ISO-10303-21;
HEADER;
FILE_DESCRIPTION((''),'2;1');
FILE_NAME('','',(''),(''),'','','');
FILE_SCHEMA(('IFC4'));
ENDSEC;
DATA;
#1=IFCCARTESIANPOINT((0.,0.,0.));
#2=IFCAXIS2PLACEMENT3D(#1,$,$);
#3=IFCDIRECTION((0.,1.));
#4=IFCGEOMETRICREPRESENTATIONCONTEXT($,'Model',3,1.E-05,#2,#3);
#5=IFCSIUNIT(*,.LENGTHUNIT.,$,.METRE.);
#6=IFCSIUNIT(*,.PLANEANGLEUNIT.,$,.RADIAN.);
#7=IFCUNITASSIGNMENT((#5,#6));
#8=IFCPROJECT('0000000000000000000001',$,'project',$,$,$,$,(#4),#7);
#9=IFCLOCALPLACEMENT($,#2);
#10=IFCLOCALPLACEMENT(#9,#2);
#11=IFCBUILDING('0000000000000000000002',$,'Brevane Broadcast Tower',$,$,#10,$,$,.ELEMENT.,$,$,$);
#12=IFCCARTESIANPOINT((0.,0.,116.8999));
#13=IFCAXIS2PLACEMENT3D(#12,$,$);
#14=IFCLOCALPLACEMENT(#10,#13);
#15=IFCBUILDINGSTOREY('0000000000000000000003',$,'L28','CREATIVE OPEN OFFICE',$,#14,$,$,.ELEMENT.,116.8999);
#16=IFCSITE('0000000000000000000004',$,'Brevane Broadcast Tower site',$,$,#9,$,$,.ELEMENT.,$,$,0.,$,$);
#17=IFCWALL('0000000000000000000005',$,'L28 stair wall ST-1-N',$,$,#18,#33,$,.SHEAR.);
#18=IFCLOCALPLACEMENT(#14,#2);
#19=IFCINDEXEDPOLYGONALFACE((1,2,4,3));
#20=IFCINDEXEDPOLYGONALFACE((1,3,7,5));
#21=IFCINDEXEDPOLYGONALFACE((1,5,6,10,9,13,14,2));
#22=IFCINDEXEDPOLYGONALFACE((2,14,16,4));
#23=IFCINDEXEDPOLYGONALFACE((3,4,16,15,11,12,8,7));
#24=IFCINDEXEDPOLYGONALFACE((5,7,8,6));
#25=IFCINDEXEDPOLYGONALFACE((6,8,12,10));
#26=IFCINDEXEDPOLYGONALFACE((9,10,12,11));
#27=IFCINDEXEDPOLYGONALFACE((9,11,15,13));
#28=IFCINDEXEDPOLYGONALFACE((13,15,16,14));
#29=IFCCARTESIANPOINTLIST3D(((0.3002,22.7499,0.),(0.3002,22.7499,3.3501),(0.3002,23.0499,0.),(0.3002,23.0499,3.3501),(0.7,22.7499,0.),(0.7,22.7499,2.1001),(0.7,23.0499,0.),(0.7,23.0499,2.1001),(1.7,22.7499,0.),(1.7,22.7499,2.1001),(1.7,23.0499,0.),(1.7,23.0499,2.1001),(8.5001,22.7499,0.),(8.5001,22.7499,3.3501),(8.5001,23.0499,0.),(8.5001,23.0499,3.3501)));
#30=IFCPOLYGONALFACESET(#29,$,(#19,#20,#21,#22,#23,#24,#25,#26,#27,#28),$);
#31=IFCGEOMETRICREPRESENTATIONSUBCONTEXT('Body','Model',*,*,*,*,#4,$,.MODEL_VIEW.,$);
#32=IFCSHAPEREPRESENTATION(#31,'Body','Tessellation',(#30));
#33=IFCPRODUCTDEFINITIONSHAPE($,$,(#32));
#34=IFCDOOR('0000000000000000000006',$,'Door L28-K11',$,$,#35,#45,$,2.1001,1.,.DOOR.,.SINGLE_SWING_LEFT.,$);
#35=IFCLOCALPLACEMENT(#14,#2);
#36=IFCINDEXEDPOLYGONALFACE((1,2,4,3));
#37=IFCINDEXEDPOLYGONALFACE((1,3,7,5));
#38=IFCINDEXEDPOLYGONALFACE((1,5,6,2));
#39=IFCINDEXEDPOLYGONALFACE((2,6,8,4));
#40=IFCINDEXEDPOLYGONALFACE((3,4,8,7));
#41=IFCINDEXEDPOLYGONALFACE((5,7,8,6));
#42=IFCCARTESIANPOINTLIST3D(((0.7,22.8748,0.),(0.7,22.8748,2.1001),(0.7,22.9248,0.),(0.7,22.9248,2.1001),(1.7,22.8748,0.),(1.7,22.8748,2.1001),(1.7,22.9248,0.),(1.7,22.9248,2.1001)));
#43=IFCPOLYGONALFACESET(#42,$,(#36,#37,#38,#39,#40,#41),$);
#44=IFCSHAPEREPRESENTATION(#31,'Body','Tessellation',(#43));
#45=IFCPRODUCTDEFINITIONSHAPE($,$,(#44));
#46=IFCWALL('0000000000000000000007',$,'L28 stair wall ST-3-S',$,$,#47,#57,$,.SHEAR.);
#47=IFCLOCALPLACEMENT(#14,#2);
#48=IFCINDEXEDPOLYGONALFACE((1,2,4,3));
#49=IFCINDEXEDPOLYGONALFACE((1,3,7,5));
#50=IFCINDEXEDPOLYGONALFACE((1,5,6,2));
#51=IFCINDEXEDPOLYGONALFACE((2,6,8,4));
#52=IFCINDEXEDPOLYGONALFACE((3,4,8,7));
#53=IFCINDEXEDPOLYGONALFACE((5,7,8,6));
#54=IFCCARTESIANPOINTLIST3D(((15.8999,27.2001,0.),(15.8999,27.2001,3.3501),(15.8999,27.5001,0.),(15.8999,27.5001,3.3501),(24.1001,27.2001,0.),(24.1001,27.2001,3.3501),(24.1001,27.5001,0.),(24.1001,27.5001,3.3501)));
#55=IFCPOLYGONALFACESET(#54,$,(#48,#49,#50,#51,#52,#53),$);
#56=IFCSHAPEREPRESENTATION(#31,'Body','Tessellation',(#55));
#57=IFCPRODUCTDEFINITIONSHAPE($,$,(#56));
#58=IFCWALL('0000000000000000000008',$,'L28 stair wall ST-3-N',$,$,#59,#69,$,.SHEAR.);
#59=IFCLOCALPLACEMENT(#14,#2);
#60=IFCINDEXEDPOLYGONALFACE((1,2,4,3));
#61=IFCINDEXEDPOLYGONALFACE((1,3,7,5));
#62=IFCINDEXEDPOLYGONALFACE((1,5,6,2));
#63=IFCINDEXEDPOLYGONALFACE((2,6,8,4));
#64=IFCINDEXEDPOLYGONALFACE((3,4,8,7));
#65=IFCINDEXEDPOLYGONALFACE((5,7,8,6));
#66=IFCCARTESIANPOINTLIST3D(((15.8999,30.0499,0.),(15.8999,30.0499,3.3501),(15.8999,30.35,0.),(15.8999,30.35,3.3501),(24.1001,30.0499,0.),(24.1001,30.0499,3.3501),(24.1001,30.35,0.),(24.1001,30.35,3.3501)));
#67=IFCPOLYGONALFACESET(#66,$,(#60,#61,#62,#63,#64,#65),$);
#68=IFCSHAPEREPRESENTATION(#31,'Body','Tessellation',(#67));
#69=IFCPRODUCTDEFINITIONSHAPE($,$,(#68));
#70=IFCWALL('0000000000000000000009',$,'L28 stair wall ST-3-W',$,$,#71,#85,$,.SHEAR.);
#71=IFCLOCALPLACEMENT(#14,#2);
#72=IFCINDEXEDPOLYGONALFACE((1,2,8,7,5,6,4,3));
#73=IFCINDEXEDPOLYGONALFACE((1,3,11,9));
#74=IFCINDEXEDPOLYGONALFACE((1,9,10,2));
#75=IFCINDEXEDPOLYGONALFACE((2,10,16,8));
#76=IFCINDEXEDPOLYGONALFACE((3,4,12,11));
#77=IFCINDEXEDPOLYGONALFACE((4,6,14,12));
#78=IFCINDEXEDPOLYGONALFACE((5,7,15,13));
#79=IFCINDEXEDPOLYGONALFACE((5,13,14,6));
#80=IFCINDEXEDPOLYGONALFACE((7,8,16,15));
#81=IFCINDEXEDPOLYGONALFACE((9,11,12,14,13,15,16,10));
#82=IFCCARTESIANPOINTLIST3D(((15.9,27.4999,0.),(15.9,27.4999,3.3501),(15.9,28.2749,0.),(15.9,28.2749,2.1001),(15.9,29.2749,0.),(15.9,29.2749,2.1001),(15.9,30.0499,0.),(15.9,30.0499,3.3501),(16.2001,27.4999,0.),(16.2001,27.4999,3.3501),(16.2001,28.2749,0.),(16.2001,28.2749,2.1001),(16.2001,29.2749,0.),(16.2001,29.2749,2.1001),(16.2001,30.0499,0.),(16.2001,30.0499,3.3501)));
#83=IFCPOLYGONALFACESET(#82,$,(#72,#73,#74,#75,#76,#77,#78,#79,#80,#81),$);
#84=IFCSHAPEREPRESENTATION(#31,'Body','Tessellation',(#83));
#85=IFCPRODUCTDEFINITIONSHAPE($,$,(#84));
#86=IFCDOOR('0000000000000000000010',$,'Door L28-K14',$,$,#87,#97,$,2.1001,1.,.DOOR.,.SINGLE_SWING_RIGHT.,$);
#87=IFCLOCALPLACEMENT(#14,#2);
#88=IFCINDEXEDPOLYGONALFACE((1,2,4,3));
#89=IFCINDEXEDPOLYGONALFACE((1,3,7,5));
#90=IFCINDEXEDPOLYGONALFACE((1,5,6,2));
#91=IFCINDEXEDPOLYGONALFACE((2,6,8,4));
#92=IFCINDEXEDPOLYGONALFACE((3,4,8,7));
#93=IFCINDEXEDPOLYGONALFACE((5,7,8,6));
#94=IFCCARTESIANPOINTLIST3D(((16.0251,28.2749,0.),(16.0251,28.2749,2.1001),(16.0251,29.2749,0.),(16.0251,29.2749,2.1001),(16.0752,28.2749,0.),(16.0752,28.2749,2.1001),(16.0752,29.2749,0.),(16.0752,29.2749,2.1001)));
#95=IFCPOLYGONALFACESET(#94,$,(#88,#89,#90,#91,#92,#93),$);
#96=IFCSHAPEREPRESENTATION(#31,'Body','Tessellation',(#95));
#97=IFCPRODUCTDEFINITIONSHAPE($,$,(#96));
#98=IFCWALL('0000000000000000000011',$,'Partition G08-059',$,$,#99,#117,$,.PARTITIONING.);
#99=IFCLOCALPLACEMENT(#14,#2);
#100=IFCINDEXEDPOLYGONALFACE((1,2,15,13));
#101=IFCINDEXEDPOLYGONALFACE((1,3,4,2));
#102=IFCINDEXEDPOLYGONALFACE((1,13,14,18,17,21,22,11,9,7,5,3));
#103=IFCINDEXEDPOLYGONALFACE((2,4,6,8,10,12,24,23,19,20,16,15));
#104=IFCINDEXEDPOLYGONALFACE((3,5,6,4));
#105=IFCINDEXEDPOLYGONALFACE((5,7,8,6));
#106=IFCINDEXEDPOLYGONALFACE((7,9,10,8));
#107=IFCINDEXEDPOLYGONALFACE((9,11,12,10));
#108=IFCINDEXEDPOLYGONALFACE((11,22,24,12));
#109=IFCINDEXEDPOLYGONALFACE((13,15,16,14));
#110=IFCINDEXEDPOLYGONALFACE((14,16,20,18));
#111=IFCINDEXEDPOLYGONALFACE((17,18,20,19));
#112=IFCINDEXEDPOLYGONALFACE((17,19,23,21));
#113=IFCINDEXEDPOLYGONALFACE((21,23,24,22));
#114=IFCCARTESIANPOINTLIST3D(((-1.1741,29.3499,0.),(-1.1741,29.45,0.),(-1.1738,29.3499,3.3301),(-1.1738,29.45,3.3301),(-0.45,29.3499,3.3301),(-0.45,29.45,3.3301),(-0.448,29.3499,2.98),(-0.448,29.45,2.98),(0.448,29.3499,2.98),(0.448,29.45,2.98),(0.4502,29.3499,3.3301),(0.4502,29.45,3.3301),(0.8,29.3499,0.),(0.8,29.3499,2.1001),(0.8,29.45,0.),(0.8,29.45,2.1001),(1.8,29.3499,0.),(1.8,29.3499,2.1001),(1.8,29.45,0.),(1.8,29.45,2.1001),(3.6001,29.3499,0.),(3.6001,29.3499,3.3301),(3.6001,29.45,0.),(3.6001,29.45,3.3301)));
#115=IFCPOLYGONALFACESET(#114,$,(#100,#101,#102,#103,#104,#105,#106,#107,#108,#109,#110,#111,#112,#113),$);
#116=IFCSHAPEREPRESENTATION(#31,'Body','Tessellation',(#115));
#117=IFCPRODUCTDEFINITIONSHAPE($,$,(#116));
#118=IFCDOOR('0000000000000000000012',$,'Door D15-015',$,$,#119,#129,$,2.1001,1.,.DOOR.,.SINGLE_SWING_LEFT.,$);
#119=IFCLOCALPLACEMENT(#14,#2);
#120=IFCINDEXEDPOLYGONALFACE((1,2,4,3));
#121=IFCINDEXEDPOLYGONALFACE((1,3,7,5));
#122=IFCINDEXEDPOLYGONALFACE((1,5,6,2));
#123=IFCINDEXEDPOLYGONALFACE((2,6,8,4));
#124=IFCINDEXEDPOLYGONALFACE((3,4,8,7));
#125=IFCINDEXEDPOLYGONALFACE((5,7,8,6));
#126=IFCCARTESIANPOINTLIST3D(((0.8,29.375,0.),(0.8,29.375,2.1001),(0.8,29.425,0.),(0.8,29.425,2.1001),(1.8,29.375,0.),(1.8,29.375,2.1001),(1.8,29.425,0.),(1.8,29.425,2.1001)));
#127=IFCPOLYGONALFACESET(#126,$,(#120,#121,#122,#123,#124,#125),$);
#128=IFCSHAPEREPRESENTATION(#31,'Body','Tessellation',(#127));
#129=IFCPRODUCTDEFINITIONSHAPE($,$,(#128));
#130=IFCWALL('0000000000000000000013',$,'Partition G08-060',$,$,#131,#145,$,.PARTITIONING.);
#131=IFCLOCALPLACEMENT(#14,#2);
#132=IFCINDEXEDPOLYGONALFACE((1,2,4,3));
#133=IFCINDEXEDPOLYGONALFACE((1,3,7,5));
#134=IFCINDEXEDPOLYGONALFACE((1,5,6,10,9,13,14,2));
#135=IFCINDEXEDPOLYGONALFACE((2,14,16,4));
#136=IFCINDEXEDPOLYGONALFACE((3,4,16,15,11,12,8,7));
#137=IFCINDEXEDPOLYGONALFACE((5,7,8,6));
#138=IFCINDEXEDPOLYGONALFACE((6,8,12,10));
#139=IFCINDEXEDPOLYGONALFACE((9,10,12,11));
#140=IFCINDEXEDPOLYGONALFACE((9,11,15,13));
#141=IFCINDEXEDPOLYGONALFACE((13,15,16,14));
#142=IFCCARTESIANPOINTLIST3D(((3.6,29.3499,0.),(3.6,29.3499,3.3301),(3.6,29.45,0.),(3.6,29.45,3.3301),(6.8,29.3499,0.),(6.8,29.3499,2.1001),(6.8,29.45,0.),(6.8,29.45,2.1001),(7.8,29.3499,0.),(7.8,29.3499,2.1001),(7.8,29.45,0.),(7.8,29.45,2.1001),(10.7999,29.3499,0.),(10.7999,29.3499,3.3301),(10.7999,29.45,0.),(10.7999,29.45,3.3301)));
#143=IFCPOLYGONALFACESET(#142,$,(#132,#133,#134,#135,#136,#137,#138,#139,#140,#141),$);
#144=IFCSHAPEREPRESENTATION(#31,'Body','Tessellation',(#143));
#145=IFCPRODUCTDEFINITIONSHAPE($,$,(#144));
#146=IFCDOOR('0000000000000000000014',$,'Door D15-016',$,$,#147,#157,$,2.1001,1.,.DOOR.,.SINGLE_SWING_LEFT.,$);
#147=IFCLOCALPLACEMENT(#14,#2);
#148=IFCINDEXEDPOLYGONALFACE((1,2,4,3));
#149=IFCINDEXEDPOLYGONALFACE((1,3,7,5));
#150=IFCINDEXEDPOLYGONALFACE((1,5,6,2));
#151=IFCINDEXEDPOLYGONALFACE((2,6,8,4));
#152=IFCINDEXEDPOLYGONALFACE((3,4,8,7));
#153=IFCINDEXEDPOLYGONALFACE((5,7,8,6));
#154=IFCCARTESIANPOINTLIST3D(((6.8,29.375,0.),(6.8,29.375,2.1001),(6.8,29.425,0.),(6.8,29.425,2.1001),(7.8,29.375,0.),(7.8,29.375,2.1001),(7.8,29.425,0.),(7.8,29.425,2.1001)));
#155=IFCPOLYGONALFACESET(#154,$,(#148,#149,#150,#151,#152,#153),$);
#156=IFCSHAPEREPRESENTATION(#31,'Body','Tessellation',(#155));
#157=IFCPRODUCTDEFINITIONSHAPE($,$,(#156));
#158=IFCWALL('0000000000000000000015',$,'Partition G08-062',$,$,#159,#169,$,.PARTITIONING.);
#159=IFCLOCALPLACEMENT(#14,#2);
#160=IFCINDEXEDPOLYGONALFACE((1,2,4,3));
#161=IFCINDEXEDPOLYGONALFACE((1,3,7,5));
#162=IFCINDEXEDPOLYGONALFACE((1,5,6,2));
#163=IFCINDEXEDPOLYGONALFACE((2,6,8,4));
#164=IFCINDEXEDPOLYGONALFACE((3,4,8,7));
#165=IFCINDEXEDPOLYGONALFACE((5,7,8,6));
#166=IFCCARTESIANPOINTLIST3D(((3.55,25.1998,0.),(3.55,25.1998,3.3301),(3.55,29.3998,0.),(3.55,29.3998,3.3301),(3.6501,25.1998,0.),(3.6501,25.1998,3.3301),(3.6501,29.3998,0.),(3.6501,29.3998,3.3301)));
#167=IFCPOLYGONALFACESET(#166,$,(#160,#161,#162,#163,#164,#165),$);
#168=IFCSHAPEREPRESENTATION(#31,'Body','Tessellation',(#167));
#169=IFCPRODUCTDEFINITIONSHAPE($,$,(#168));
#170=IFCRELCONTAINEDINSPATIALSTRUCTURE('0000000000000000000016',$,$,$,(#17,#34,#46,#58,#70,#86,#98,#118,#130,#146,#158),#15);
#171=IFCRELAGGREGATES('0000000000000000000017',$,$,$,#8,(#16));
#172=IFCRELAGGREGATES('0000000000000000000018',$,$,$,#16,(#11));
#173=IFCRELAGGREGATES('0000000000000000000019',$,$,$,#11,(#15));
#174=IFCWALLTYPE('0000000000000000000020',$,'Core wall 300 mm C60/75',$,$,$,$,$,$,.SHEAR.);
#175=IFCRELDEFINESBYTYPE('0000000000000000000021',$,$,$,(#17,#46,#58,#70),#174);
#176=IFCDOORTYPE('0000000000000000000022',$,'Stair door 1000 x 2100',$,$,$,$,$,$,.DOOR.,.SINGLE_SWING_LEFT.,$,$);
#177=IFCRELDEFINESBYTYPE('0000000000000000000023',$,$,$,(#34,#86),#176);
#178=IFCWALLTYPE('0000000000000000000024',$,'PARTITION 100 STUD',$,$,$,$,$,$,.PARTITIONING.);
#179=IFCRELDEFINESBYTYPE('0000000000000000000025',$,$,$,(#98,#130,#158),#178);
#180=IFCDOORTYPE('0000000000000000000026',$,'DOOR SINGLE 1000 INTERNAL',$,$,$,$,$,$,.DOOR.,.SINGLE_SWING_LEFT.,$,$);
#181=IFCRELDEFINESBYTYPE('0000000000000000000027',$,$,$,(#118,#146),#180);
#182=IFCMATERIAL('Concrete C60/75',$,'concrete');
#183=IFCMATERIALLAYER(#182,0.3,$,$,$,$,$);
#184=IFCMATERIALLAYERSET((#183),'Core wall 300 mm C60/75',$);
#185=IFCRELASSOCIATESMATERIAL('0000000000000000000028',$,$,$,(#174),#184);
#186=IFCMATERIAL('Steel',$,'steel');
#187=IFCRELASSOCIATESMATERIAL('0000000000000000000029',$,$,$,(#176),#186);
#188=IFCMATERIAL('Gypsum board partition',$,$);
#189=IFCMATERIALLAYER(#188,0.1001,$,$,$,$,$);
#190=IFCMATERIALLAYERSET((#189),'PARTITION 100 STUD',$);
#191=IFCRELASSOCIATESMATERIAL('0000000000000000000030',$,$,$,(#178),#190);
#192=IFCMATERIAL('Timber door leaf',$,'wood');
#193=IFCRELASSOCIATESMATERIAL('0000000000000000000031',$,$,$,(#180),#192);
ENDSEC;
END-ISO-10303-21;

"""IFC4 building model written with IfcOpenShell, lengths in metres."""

from ifc_helpers import new_model, si_unit, direction, frame, frame_2d, origin, place, context, subcontext, project, spatial, polyline, rectangle, outline, extrude, material, layer, layer_set, type_object, element, fill, save


model = new_model("IFC4")

# Units and contexts
model_context = context("Model", 3, precision=1e-05, world=origin(), true_north=direction((0.0, 1.0)))
body_context = subcontext(model_context, "Body", "Model", "MODEL_VIEW")
ifc_project = project(units=[si_unit("LENGTHUNIT", "METRE"), si_unit("PLANEANGLEUNIT", "RADIAN")], contexts=[model_context])

# Site, building, storey
site_placement = place(None, origin())
site = spatial("IfcSite", under=ifc_project, at=site_placement, Name="Brevane Broadcast Tower site", CompositionType="ELEMENT", RefElevation=0.0)
building_placement = place(site_placement, origin())
building = spatial("IfcBuilding", under=site, at=building_placement, Name="Brevane Broadcast Tower", CompositionType="ELEMENT")
storey_placement = place(building_placement, frame((0.0, 0.0, 116.8999)))
storey = spatial("IfcBuildingStorey", under=building, at=storey_placement, Name="L28", Description="CREATIVE OPEN OFFICE", CompositionType="ELEMENT", Elevation=116.8999)

# Shared definitions
ifc_material_1 = material(Name="Concrete C60/75", Category="concrete")

# Wall, opening, door
ifc_layer_1 = layer(ifc_material_1, 0.3)
ifc_layer_set_1 = layer_set([ifc_layer_1], Name="Core wall 300 mm C60/75")
wall_type_1 = type_object("IfcWallType", Name="Core wall 300 mm C60/75", PredefinedType="SHEAR", material=ifc_layer_set_1)
wall_1_placement = place(storey_placement, frame((0.3, 22.8999, 0.0), z_axis=(0.0, 0.0, 1.0), x_axis=(1.0, 0.0, 0.0)))
wall_1 = element("IfcWall", 1, at=wall_1_placement, inside=storey, type_object=wall_type_1, Name="L28 stair wall ST-1-N", PredefinedType="SHEAR", context=body_context, shape_type="SweptSolid", body=[
    extrude(rectangle(XDim=8.2, YDim=0.3, at=frame_2d((4.1001, 0.0))), origin(), (0.0, 0.0, 1.0), 3.3501),
])
opening_1_placement = place(wall_1_placement, frame((0.3999, 0.0, 0.0)))
opening_1 = element("IfcOpeningElement", 2, at=opening_1_placement, cuts=wall_1, PredefinedType="OPENING", context=body_context, shape_type="SweptSolid", body=[
    extrude(rectangle(XDim=1.0, YDim=2.1001, at=frame_2d((0.5, 1.05))), frame((0.0, 0.1599, 0.0), z_axis=(0.0, -1.0, 0.0), x_axis=(1.0, 0.0, 0.0)), (0.0, 0.0, 1.0), 0.3201),
])
ifc_material_2 = material(Name="Steel", Category="steel")
door_type_1 = type_object("IfcDoorType", Name="Stair door 1000 x 2100", OperationType="SINGLE_SWING_LEFT", PredefinedType="DOOR", material=ifc_material_2)
door_1_placement = place(opening_1_placement, origin())
door_1 = element("IfcDoor", 3, at=door_1_placement, inside=storey, type_object=door_type_1, Name="Door L28-K11", OperationType="SINGLE_SWING_LEFT", OverallHeight=2.1001, OverallWidth=1.0, PredefinedType="DOOR", context=body_context, shape_type="SweptSolid", body=[
    extrude(rectangle(XDim=1.0, YDim=2.1001, at=frame_2d((0.5, 1.05))), frame((0.0, 0.0249, 0.0), z_axis=(0.0, -1.0, 0.0), x_axis=(1.0, 0.0, 0.0)), (0.0, 0.0, 1.0), 0.05),
])
fill(opening_1, door_1)

# Walls
for number, where, z_axis, x_axis, name in (
    (4, (15.8999, 27.3501, 0.0), (0.0, 0.0, 1.0), (1.0, 0.0, 0.0), "L28 stair wall ST-3-S"),
    (5, (15.8999, 30.2, 0.0), (0.0, 0.0, 1.0), (1.0, 0.0, 0.0), "L28 stair wall ST-3-N"),
):
    element("IfcWall", number, at=place(storey_placement, frame(where, z_axis=z_axis, x_axis=x_axis)), inside=storey, type_object=wall_type_1, Name=name, PredefinedType="SHEAR", context=body_context, shape_type="SweptSolid", body=[
        extrude(rectangle(XDim=8.2002, YDim=0.3, at=frame_2d((4.1001, 0.0))), origin(), (0.0, 0.0, 1.0), 3.3501),
    ])

# Walls, openings, doors
wall_2_placement = place(storey_placement, frame((16.05, 27.5, 0.0), z_axis=(0.0, 0.0, 1.0), x_axis=(0.0, 1.0, 0.0)))
wall_2 = element("IfcWall", 6, at=wall_2_placement, inside=storey, type_object=wall_type_1, Name="L28 stair wall ST-3-W", PredefinedType="SHEAR", context=body_context, shape_type="SweptSolid", body=[
    extrude(rectangle(XDim=2.55, YDim=0.3, at=frame_2d((1.2749, 0.0))), origin(), (0.0, 0.0, 1.0), 3.3501),
])
opening_2_placement = place(wall_2_placement, frame((0.7749, 0.0, 0.0)))
opening_2 = element("IfcOpeningElement", 7, at=opening_2_placement, cuts=wall_2, PredefinedType="OPENING", context=body_context, shape_type="SweptSolid", body=[
    extrude(rectangle(XDim=1.0, YDim=2.1001, at=frame_2d((0.5, 1.05))), frame((0.0, 0.1599, 0.0), z_axis=(0.0, -1.0, 0.0), x_axis=(1.0, 0.0, 0.0)), (0.0, 0.0, 1.0), 0.3201),
])
door_2_placement = place(opening_2_placement, origin())
door_2 = element("IfcDoor", 8, at=door_2_placement, inside=storey, type_object=door_type_1, Name="Door L28-K14", OperationType="SINGLE_SWING_RIGHT", OverallHeight=2.1001, OverallWidth=1.0, PredefinedType="DOOR", context=body_context, shape_type="SweptSolid", body=[
    extrude(rectangle(XDim=1.0, YDim=2.1001, at=frame_2d((0.5, 1.05))), frame((0.0, 0.0249, 0.0), z_axis=(0.0, -1.0, 0.0), x_axis=(1.0, 0.0, 0.0)), (0.0, 0.0, 1.0), 0.05),
])
fill(opening_2, door_2)
ifc_material_3 = material(Name="Gypsum board partition")
ifc_layer_2 = layer(ifc_material_3, 0.1001)
ifc_layer_set_2 = layer_set([ifc_layer_2], Name="PARTITION 100 STUD")
wall_type_2 = type_object("IfcWallType", Name="PARTITION 100 STUD", PredefinedType="PARTITIONING", material=ifc_layer_set_2)
wall_3_placement = place(storey_placement, frame((3.6001, 29.3999, 0.0), z_axis=(0.0, 0.0, 1.0), x_axis=(-1.0, 0.0, 0.0)))
wall_3 = element("IfcWall", 9, at=wall_3_placement, inside=storey, type_object=wall_type_2, Name="Partition G08-059", PredefinedType="PARTITIONING", context=body_context, shape_type="SweptSolid", body=[
    extrude(outline(polyline([(0.0, 0.0), (4.7742, 0.0), (4.7739, 3.3301), (4.7, 3.3301), (4.05, 3.3301), (4.0481, 2.98), (3.1521, 2.98), (3.1499, 3.3301), (0.0, 3.3301), (0.0, 0.0)])), frame((0.0, 0.05, 0.0), z_axis=(0.0, -1.0, 0.0), x_axis=(1.0, 0.0, 0.0)), (0.0, 0.0, 1.0), 0.1001),
])
opening_3_placement = place(wall_3_placement, frame((1.8, 0.0, 0.0)))
opening_3 = element("IfcOpeningElement", 10, at=opening_3_placement, cuts=wall_3, PredefinedType="OPENING", context=body_context, shape_type="SweptSolid", body=[
    extrude(rectangle(XDim=1.0, YDim=2.1001, at=frame_2d((0.5, 1.05))), frame((0.0, 0.0601, 0.0), z_axis=(0.0, -1.0, 0.0), x_axis=(1.0, 0.0, 0.0)), (0.0, 0.0, 1.0), 0.1201),
])
ifc_material_4 = material(Name="Timber door leaf", Category="wood")
door_type_2 = type_object("IfcDoorType", Name="DOOR SINGLE 1000 INTERNAL", OperationType="SINGLE_SWING_LEFT", PredefinedType="DOOR", material=ifc_material_4)
door_3_placement = place(opening_3_placement, origin())
door_3 = element("IfcDoor", 11, at=door_3_placement, inside=storey, type_object=door_type_2, Name="Door D15-015", OperationType="SINGLE_SWING_LEFT", OverallHeight=2.1001, OverallWidth=1.0, PredefinedType="DOOR", context=body_context, shape_type="SweptSolid", body=[
    extrude(rectangle(XDim=1.0, YDim=2.1001, at=frame_2d((0.5, 1.05))), frame((0.0, 0.0249, 0.0), z_axis=(0.0, -1.0, 0.0), x_axis=(1.0, 0.0, 0.0)), (0.0, 0.0, 1.0), 0.05),
])
fill(opening_3, door_3)
wall_4_placement = place(storey_placement, frame((10.8, 29.3999, 0.0), z_axis=(0.0, 0.0, 1.0), x_axis=(-1.0, 0.0, 0.0)))
wall_4 = element("IfcWall", 12, at=wall_4_placement, inside=storey, type_object=wall_type_2, Name="Partition G08-060", PredefinedType="PARTITIONING", context=body_context, shape_type="SweptSolid", body=[
    extrude(rectangle(XDim=7.2, YDim=0.1001, at=frame_2d((3.6001, 0.0))), origin(), (0.0, 0.0, 1.0), 3.3301),
])
opening_4_placement = place(wall_4_placement, frame((3.0, 0.0, 0.0)))
opening_4 = element("IfcOpeningElement", 13, at=opening_4_placement, cuts=wall_4, PredefinedType="OPENING", context=body_context, shape_type="SweptSolid", body=[
    extrude(rectangle(XDim=1.0, YDim=2.1001, at=frame_2d((0.5, 1.05))), frame((0.0, 0.0601, 0.0), z_axis=(0.0, -1.0, 0.0), x_axis=(1.0, 0.0, 0.0)), (0.0, 0.0, 1.0), 0.1201),
])
door_4_placement = place(opening_4_placement, origin())
door_4 = element("IfcDoor", 14, at=door_4_placement, inside=storey, type_object=door_type_2, Name="Door D15-016", OperationType="SINGLE_SWING_LEFT", OverallHeight=2.1001, OverallWidth=1.0, PredefinedType="DOOR", context=body_context, shape_type="SweptSolid", body=[
    extrude(rectangle(XDim=1.0, YDim=2.1001, at=frame_2d((0.5, 1.05))), frame((0.0, 0.0249, 0.0), z_axis=(0.0, -1.0, 0.0), x_axis=(1.0, 0.0, 0.0)), (0.0, 0.0, 1.0), 0.05),
])
fill(opening_4, door_4)

# Wall
wall_5_placement = place(storey_placement, frame((3.6001, 29.3999, 0.0), z_axis=(0.0, 0.0, 1.0), x_axis=(0.0, -1.0, 0.0)))
element("IfcWall", 15, at=wall_5_placement, inside=storey, type_object=wall_type_2, Name="Partition G08-062", PredefinedType="PARTITIONING", context=body_context, shape_type="SweptSolid", body=[
    extrude(rectangle(XDim=4.2, YDim=0.1001, at=frame_2d((2.1001, 0.0))), origin(), (0.0, 0.0, 1.0), 3.3301),
])

save(model, "model.ifc")
